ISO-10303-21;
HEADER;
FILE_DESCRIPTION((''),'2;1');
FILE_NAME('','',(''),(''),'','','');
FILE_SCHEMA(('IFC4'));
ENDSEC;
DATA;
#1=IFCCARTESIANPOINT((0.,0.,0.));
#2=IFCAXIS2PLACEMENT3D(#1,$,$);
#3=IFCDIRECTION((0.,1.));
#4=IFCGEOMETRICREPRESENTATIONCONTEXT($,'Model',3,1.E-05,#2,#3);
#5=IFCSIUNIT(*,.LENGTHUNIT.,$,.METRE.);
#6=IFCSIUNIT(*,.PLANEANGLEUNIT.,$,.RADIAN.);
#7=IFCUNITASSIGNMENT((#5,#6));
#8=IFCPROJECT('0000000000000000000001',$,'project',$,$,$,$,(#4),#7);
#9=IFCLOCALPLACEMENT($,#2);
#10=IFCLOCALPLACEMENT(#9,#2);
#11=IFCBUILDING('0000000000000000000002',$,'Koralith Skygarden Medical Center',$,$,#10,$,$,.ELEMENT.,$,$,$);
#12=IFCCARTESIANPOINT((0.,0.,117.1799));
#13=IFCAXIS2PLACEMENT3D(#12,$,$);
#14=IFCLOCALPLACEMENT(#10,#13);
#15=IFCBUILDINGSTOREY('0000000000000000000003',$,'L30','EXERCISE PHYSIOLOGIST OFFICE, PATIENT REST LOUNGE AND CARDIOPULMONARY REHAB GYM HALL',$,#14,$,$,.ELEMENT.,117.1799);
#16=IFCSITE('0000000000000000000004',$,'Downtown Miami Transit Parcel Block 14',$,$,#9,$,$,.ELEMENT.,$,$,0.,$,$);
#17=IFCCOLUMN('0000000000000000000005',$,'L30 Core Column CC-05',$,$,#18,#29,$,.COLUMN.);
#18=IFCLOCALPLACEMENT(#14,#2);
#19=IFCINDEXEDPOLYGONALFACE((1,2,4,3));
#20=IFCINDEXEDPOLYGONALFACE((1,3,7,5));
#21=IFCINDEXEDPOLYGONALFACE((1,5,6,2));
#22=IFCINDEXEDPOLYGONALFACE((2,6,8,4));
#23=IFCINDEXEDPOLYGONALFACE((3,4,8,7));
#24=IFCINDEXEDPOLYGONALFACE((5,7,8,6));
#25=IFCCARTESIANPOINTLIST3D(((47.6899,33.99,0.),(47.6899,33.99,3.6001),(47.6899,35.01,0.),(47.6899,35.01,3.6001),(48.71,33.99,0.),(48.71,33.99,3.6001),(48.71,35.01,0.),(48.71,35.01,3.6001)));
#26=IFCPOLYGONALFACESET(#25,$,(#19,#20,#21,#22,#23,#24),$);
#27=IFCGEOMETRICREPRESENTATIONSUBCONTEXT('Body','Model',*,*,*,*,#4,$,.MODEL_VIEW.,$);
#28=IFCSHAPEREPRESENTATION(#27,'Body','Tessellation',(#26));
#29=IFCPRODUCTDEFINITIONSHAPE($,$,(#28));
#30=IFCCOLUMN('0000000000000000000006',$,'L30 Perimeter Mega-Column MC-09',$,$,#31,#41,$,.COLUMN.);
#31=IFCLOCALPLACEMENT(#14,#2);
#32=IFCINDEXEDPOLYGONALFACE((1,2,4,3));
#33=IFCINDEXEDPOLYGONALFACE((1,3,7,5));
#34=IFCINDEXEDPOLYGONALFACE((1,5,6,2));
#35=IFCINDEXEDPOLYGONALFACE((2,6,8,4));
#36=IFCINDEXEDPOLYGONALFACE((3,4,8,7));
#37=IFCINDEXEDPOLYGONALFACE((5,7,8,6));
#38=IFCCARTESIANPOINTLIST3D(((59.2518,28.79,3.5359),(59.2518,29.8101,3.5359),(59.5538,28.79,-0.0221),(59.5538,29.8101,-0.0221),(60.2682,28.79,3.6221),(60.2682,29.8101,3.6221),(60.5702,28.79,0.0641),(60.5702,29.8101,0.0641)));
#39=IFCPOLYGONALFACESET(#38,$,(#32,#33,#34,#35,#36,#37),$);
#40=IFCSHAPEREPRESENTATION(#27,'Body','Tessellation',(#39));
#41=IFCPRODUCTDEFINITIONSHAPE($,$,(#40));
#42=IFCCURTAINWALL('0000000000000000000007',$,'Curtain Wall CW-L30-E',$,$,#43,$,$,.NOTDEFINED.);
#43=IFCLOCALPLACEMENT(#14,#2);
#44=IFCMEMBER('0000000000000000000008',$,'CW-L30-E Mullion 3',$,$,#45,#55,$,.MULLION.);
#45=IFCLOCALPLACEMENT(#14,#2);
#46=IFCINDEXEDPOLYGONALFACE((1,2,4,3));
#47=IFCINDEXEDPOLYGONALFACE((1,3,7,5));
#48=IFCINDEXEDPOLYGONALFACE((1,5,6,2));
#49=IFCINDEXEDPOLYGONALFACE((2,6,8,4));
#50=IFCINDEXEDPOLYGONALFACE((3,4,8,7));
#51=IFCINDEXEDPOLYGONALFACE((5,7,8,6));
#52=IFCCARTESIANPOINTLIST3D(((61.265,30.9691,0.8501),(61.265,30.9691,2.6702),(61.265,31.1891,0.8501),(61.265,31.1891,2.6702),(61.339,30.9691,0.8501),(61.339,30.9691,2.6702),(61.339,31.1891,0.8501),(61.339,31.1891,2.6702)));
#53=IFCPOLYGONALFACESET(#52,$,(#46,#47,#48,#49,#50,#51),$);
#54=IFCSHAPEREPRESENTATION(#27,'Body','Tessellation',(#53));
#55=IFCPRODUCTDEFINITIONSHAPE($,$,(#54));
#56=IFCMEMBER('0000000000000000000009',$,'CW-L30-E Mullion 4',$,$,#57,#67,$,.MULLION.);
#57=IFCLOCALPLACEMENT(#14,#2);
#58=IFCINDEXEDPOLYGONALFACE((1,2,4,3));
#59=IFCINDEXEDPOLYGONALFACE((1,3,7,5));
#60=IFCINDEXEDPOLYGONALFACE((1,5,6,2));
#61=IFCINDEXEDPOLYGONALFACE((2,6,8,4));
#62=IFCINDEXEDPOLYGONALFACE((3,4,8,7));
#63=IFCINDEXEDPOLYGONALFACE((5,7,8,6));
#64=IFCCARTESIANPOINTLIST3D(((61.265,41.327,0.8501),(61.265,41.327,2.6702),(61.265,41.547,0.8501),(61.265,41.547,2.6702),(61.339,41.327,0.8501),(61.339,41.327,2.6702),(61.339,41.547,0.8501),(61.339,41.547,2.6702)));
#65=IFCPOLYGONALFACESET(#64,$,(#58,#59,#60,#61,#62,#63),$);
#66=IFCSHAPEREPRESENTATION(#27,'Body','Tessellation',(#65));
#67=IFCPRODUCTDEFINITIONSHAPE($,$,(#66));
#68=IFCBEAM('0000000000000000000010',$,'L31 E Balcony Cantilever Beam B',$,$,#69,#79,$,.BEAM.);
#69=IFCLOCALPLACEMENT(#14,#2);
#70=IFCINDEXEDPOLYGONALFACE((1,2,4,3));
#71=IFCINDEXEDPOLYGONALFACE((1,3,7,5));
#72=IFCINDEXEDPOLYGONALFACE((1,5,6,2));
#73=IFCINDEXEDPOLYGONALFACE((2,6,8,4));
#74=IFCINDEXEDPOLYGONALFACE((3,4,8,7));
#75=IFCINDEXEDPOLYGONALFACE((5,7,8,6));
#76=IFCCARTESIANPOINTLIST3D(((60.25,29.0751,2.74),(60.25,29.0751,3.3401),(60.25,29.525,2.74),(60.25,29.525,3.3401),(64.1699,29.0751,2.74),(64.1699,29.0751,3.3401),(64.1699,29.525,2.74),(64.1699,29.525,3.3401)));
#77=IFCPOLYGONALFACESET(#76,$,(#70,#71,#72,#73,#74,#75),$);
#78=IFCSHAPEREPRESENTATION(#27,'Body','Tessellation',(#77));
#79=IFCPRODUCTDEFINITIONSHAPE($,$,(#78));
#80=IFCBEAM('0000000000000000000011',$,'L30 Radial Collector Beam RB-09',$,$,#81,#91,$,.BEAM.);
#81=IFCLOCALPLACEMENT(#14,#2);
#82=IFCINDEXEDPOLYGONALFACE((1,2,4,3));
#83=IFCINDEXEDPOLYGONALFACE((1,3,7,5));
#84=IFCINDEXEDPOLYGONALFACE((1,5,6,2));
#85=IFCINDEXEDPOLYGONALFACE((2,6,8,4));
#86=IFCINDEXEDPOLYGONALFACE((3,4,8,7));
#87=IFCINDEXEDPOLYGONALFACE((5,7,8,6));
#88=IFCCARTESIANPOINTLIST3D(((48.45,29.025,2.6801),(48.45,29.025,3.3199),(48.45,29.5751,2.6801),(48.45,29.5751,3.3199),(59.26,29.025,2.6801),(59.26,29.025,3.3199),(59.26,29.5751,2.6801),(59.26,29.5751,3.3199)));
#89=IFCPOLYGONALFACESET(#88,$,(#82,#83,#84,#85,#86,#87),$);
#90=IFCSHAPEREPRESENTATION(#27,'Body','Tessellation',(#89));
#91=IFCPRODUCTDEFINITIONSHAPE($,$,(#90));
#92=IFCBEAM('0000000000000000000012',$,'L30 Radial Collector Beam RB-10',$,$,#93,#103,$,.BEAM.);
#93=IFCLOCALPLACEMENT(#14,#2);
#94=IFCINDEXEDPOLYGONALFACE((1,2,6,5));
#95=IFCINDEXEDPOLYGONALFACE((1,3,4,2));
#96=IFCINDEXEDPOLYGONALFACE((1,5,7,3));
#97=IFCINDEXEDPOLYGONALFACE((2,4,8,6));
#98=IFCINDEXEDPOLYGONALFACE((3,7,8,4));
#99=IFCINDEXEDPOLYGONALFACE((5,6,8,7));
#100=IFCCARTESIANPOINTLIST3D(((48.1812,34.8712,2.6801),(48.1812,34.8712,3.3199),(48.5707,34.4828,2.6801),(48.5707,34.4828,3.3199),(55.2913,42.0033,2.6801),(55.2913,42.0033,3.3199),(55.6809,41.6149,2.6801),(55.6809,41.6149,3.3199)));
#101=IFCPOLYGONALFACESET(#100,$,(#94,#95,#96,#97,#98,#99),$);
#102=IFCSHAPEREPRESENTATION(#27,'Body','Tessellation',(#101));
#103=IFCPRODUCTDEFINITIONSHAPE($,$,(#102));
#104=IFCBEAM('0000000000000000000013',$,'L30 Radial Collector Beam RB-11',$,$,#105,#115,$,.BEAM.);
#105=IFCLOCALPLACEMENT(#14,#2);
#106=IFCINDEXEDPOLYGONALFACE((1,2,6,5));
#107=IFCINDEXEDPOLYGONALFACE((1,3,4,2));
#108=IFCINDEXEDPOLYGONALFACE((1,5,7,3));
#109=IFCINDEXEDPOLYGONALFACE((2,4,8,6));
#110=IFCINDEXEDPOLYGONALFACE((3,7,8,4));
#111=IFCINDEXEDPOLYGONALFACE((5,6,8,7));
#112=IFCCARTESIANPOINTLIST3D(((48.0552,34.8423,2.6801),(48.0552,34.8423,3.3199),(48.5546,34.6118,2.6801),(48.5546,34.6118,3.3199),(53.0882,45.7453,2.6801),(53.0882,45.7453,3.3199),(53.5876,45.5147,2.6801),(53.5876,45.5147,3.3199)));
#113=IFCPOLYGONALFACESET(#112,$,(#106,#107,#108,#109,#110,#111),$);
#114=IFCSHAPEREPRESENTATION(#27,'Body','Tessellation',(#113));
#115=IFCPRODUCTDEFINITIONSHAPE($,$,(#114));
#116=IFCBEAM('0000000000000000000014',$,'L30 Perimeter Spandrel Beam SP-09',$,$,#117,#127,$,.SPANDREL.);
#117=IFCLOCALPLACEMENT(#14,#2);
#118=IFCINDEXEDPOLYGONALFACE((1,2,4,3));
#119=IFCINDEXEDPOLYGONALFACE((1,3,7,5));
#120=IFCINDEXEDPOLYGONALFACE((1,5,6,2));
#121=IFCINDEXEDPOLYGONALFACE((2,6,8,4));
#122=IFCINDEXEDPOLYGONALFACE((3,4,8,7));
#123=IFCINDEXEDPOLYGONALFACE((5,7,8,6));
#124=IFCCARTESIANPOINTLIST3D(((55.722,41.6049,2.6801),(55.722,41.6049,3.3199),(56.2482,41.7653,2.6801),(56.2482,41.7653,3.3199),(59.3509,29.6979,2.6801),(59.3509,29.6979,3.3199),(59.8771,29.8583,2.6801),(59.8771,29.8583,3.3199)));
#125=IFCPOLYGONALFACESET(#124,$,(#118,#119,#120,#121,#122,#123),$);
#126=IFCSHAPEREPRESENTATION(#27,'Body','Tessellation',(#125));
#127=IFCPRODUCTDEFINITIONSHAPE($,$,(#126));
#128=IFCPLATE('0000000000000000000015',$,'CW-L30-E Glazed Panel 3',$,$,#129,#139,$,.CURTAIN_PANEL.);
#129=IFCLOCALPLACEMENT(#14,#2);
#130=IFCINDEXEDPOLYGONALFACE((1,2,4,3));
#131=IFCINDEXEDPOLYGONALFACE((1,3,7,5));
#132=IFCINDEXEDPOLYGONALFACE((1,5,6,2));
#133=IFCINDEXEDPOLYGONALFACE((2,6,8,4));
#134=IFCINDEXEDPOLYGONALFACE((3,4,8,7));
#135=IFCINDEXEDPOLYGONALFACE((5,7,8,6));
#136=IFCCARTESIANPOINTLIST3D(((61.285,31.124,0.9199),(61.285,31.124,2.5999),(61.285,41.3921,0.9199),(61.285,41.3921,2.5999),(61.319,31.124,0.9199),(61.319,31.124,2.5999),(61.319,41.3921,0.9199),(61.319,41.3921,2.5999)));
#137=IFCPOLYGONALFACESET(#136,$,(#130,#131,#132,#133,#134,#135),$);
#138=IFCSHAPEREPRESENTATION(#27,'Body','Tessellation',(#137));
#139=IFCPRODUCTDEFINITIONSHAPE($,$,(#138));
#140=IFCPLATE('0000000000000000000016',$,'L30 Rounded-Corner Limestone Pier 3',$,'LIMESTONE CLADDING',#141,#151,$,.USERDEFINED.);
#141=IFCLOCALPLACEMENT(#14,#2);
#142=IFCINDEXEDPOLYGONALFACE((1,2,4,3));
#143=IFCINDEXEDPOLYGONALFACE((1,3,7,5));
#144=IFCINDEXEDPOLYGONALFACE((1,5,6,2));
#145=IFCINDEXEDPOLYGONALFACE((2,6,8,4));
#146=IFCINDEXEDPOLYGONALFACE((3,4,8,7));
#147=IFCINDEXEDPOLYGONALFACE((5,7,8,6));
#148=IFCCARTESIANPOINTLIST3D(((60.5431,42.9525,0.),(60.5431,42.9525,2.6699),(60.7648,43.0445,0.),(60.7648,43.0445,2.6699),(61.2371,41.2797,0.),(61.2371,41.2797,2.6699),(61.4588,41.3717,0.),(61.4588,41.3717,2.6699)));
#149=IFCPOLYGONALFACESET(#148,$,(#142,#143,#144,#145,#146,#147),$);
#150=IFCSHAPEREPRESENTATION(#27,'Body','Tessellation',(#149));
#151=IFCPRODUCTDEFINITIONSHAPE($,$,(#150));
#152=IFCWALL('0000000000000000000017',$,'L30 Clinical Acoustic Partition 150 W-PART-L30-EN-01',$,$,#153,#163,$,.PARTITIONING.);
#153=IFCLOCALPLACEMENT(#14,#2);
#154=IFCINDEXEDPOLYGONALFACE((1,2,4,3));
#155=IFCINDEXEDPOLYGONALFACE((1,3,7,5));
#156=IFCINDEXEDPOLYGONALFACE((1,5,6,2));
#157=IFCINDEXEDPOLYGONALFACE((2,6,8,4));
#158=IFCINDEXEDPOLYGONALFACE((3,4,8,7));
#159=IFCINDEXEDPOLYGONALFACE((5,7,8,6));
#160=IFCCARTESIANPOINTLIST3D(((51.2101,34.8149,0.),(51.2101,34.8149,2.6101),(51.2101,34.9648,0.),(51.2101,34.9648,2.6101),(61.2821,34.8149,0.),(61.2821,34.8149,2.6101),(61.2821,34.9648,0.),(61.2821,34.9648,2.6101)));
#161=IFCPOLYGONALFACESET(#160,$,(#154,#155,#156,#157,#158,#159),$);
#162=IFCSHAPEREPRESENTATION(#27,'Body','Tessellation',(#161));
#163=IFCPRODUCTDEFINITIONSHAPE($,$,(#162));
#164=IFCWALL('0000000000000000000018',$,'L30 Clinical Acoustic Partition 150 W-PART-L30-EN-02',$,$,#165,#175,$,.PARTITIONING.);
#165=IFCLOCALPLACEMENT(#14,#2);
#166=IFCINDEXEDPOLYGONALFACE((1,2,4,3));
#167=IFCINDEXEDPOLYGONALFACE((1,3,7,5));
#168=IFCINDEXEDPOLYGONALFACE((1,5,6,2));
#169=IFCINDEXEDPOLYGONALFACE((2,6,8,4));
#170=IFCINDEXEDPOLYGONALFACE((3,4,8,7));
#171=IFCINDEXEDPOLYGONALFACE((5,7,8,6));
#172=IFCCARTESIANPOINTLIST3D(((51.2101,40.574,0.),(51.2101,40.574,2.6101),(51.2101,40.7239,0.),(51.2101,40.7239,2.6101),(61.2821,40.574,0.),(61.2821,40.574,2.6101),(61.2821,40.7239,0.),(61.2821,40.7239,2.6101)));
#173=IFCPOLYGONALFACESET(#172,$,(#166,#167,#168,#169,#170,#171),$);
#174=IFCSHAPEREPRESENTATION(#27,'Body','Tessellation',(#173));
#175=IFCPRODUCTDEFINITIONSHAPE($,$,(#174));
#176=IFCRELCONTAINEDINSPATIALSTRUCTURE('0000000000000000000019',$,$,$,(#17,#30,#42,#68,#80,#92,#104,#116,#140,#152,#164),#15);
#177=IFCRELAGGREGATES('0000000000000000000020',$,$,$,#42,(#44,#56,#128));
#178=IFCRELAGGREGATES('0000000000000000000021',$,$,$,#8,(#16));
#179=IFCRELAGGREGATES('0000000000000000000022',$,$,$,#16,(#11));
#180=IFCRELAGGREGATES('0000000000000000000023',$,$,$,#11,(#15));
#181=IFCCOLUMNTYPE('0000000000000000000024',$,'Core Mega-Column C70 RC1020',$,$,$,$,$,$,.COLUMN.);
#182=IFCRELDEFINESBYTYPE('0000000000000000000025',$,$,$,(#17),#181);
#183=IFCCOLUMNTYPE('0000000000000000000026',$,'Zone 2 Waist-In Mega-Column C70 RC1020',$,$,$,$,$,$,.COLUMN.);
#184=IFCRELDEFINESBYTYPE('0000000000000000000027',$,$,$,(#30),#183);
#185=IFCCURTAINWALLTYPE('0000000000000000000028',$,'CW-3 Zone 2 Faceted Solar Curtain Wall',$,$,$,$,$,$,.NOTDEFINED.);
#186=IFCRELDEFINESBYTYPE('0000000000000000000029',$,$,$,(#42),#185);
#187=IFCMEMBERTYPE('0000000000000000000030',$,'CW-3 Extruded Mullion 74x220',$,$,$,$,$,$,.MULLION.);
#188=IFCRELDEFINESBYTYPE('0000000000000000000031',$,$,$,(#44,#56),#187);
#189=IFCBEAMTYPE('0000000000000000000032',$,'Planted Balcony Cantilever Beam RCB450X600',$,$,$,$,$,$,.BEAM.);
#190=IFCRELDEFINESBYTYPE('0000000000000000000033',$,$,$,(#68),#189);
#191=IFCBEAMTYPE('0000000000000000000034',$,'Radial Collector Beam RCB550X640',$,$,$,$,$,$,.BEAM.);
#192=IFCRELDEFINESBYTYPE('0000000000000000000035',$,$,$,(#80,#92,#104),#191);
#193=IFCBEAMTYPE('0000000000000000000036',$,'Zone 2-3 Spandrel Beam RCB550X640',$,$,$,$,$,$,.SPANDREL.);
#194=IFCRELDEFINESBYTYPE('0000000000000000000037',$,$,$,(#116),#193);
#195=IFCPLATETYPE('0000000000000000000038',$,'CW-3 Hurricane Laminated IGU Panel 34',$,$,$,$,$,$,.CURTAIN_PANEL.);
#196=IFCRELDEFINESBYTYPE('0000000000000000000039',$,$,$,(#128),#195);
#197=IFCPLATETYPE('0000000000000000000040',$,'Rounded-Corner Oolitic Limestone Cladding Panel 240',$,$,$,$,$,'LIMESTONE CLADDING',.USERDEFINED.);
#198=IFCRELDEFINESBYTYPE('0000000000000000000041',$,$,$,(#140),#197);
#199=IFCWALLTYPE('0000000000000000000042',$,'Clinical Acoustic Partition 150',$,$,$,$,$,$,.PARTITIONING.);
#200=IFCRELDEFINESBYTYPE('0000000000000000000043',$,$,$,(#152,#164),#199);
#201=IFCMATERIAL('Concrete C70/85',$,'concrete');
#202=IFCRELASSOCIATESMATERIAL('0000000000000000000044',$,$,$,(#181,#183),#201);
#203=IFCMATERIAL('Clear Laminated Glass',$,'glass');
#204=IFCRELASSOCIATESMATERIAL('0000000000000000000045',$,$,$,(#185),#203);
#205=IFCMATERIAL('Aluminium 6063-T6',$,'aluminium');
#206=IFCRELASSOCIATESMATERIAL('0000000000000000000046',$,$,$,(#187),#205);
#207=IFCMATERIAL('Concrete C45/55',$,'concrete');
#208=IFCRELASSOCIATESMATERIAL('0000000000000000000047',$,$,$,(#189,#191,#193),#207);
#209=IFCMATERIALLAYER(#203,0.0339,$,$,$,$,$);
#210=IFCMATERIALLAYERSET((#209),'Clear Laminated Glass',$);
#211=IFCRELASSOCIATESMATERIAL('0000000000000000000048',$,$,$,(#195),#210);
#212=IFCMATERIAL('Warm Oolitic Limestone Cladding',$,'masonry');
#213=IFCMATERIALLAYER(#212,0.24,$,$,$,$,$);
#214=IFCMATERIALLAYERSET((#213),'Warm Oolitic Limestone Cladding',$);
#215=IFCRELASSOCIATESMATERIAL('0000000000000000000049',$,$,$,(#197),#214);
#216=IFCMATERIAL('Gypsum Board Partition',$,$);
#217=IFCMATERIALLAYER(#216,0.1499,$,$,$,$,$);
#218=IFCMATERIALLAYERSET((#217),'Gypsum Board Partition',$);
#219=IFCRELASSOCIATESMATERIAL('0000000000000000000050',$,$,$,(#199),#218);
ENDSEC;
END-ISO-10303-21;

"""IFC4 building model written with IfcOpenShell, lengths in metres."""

from ifc_helpers import new_model, si_unit, direction, frame, frame_2d, origin, origin_2d, place, context, subcontext, project, spatial, rectangle, extrude, material, layer, layer_set, material_profile, profile_set, type_object, element, aggregate, save


model = new_model("IFC4")

# Units and contexts
model_context = context("Model", 3, precision=1e-05, world=origin(), true_north=direction((0.0, 1.0)))
body_context = subcontext(model_context, "Body", "Model", "MODEL_VIEW")
ifc_project = project(units=[si_unit("LENGTHUNIT", "METRE"), si_unit("PLANEANGLEUNIT", "RADIAN")], contexts=[model_context])

# Site, building, storey
site_placement = place(None, origin())
site = spatial("IfcSite", under=ifc_project, at=site_placement, Name="Downtown Miami Transit Parcel Block 14", CompositionType="ELEMENT", RefElevation=0.0)
building_placement = place(site_placement, origin())
building = spatial("IfcBuilding", under=site, at=building_placement, Name="Koralith Skygarden Medical Center", CompositionType="ELEMENT")
storey_placement = place(building_placement, frame((0.0, 0.0, 117.1799)))
storey = spatial("IfcBuildingStorey", under=building, at=storey_placement, Name="L30", Description="EXERCISE PHYSIOLOGIST OFFICE, PATIENT REST LOUNGE AND CARDIOPULMONARY REHAB GYM HALL", CompositionType="ELEMENT", Elevation=117.1799)

# Columns
ifc_material_1 = material(Name="Concrete C70/85", Category="concrete")
ifc_material_profile_1 = material_profile(ifc_material_1, rectangle(XDim=1.02, YDim=1.02, at=origin_2d()), Name="RC1020X1020")
ifc_profile_set_1 = profile_set([ifc_material_profile_1], Name="Concrete C70/85")
column_type_1 = type_object("IfcColumnType", Name="Core Mega-Column C70 RC1020", PredefinedType="COLUMN", material=ifc_profile_set_1)
column_1_placement = place(storey_placement, frame((48.2, 34.5, 0.0), z_axis=(0.0, 0.0, 1.0), x_axis=(1.0, 0.0, 0.0)))
element("IfcColumn", 1, at=column_1_placement, inside=storey, type_object=column_type_1, Name="L30 Core Column CC-05", PredefinedType="COLUMN", context=body_context, shape_type="SweptSolid", body=[
    extrude(rectangle(XDim=1.02, YDim=1.02, at=origin_2d()), origin(), (0.0, 0.0, 1.0), 3.6001),
])
ifc_material_profile_2 = material_profile(ifc_material_1, rectangle(XDim=1.02, YDim=1.02, at=origin_2d()), Name="RC1020X1020")
ifc_profile_set_2 = profile_set([ifc_material_profile_2], Name="Concrete C70/85")
column_type_2 = type_object("IfcColumnType", Name="Zone 2 Waist-In Mega-Column C70 RC1020", PredefinedType="COLUMN", material=ifc_profile_set_2)
column_2_placement = place(storey_placement, frame((60.062, 29.3, 0.021), z_axis=(-0.084573, 0.0, 0.996417), x_axis=(0.0, -1.0, 0.0)))
element("IfcColumn", 2, at=column_2_placement, inside=storey, type_object=column_type_2, Name="L30 Perimeter Mega-Column MC-09", PredefinedType="COLUMN", context=body_context, shape_type="SweptSolid", body=[
    extrude(rectangle(XDim=1.02, YDim=1.02, at=origin_2d()), origin(), (0.0, 0.0, 1.0), 3.5708),
])

# Curtain wall, members
ifc_material_2 = material(Name="Clear Laminated Glass", Category="glass")
curtain_wall_type = type_object("IfcCurtainWallType", Name="CW-3 Zone 2 Faceted Solar Curtain Wall", PredefinedType="NOTDEFINED", material=ifc_material_2)
curtain_wall_placement = place(storey_placement, origin())
curtain_wall = element("IfcCurtainWall", 3, at=curtain_wall_placement, inside=storey, type_object=curtain_wall_type, Name="Curtain Wall CW-L30-E", PredefinedType="NOTDEFINED")
ifc_material_3 = material(Name="Aluminium 6063-T6", Category="aluminium")
ifc_material_profile_3 = material_profile(ifc_material_3, rectangle(XDim=0.074, YDim=0.22, at=origin_2d()), Name="MUL74X220")
ifc_profile_set_3 = profile_set([ifc_material_profile_3], Name="Aluminium 6063-T6")
member_type = type_object("IfcMemberType", Name="CW-3 Extruded Mullion 74x220", PredefinedType="MULLION", material=ifc_profile_set_3)
member_1_placement = place(storey_placement, frame((61.302, 31.0791, 0.8501), z_axis=(0.0, 0.0, 1.0), x_axis=(1.0, 0.0, 0.0)))
member_1 = element("IfcMember", 4, at=member_1_placement, type_object=member_type, Name="CW-L30-E Mullion 3", PredefinedType="MULLION", context=body_context, shape_type="SweptSolid", body=[
    extrude(rectangle(XDim=0.074, YDim=0.22, at=origin_2d()), origin(), (0.0, 0.0, 1.0), 1.8201),
])
member_2_placement = place(storey_placement, frame((61.302, 41.437, 0.8501), z_axis=(0.0, 0.0, 1.0), x_axis=(1.0, 0.0, 0.0)))
member_2 = element("IfcMember", 5, at=member_2_placement, type_object=member_type, Name="CW-L30-E Mullion 4", PredefinedType="MULLION", context=body_context, shape_type="SweptSolid", body=[
    extrude(rectangle(XDim=0.074, YDim=0.22, at=origin_2d()), origin(), (0.0, 0.0, 1.0), 1.8201),
])

# Beams
ifc_material_4 = material(Name="Concrete C45/55", Category="concrete")
ifc_material_profile_4 = material_profile(ifc_material_4, rectangle(XDim=0.45, YDim=0.6001, at=origin_2d()), Name="RCB450X600")
ifc_profile_set_4 = profile_set([ifc_material_profile_4], Name="Concrete C45/55")
beam_type_1 = type_object("IfcBeamType", Name="Planted Balcony Cantilever Beam RCB450X600", PredefinedType="BEAM", material=ifc_profile_set_4)
beam_1_placement = place(storey_placement, frame((60.25, 29.3, 3.04), z_axis=(1.0, 0.0, 0.0), x_axis=(0.0, 1.0, 0.0)))
element("IfcBeam", 6, at=beam_1_placement, inside=storey, type_object=beam_type_1, Name="L31 E Balcony Cantilever Beam B", PredefinedType="BEAM", context=body_context, shape_type="SweptSolid", body=[
    extrude(rectangle(XDim=0.45, YDim=0.6001, at=origin_2d()), origin(), (0.0, 0.0, 1.0), 3.9199),
])
ifc_material_profile_5 = material_profile(ifc_material_4, rectangle(XDim=0.55, YDim=0.6399, at=origin_2d()), Name="RCB550X640")
ifc_profile_set_5 = profile_set([ifc_material_profile_5], Name="Concrete C45/55")
beam_type_2 = type_object("IfcBeamType", Name="Radial Collector Beam RCB550X640", PredefinedType="BEAM", material=ifc_profile_set_5)
beam_2_placement = place(storey_placement, frame((48.45, 29.3, 3.0), z_axis=(1.0, 0.0, 0.0), x_axis=(0.0, 1.0, 0.0)))
element("IfcBeam", 7, at=beam_2_placement, inside=storey, type_object=beam_type_2, Name="L30 Radial Collector Beam RB-09", PredefinedType="BEAM", context=body_context, shape_type="SweptSolid", body=[
    extrude(rectangle(XDim=0.55, YDim=0.6399, at=origin_2d()), origin(), (0.0, 0.0, 1.0), 10.8101),
])
beam_3_placement = place(storey_placement, frame((48.376, 34.677, 3.0), z_axis=(0.706015, 0.708197, 0.0), x_axis=(-0.708197, 0.706015, 0.0)))
element("IfcBeam", 8, at=beam_3_placement, inside=storey, type_object=beam_type_2, Name="L30 Radial Collector Beam RB-10", PredefinedType="BEAM", context=body_context, shape_type="SweptSolid", body=[
    extrude(rectangle(XDim=0.55, YDim=0.6399, at=origin_2d()), origin(), (0.0, 0.0, 1.0), 10.0708),
])
beam_4_placement = place(storey_placement, frame((48.3049, 34.7271, 3.0), z_axis=(0.419119, 0.907931, 0.0), x_axis=(-0.907931, 0.419119, 0.0)))
element("IfcBeam", 9, at=beam_4_placement, inside=storey, type_object=beam_type_2, Name="L30 Radial Collector Beam RB-11", PredefinedType="BEAM", context=body_context, shape_type="SweptSolid", body=[
    extrude(rectangle(XDim=0.55, YDim=0.6399, at=origin_2d()), origin(), (0.0, 0.0, 1.0), 12.0085),
])
ifc_material_profile_6 = material_profile(ifc_material_4, rectangle(XDim=0.55, YDim=0.6399, at=origin_2d()), Name="RCB550X640")
ifc_profile_set_6 = profile_set([ifc_material_profile_6], Name="Concrete C45/55")
beam_type_3 = type_object("IfcBeamType", Name="Zone 2-3 Spandrel Beam RCB550X640", PredefinedType="SPANDREL", material=ifc_profile_set_6)
beam_5_placement = place(storey_placement, frame((59.614, 29.7781, 3.0), z_axis=(-0.291532, 0.956561, 0.0), x_axis=(-0.956561, -0.291532, 0.0)))
element("IfcBeam", 10, at=beam_5_placement, inside=storey, type_object=beam_type_3, Name="L30 Perimeter Spandrel Beam SP-09", PredefinedType="SPANDREL", context=body_context, shape_type="SweptSolid", body=[
    extrude(rectangle(XDim=0.55, YDim=0.6399, at=origin_2d()), origin(), (0.0, 0.0, 1.0), 12.4478),
])

# Plates
ifc_layer_1 = layer(ifc_material_2, 0.0339)
ifc_layer_set_1 = layer_set([ifc_layer_1], Name="Clear Laminated Glass")
plate_type_1 = type_object("IfcPlateType", Name="CW-3 Hurricane Laminated IGU Panel 34", PredefinedType="CURTAIN_PANEL", material=ifc_layer_set_1)
plate_1_placement = place(storey_placement, frame((61.302, 36.2581, 0.9199), z_axis=(0.0, 0.0, 1.0), x_axis=(0.0, 1.0, 0.0)))
plate_1 = element("IfcPlate", 11, at=plate_1_placement, type_object=plate_type_1, Name="CW-L30-E Glazed Panel 3", PredefinedType="CURTAIN_PANEL", context=body_context, shape_type="SweptSolid", body=[
    extrude(rectangle(XDim=10.2681, YDim=0.0339, at=origin_2d()), origin(), (0.0, 0.0, 1.0), 1.6799),
])
aggregate(curtain_wall, [member_1, member_2, plate_1])
ifc_material_5 = material(Name="Warm Oolitic Limestone Cladding", Category="masonry")
ifc_layer_2 = layer(ifc_material_5, 0.24)
ifc_layer_set_2 = layer_set([ifc_layer_2], Name="Warm Oolitic Limestone Cladding")
plate_type_2 = type_object("IfcPlateType", Name="Rounded-Corner Oolitic Limestone Cladding Panel 240", ElementType="LIMESTONE CLADDING", PredefinedType="USERDEFINED", material=ifc_layer_set_2)
plate_2_placement = place(storey_placement, frame((61.001, 42.1621, 0.0), z_axis=(0.0, 0.0, 1.0), x_axis=(-0.383214, 0.92366, 0.0)))
element("IfcPlate", 12, at=plate_2_placement, inside=storey, type_object=plate_type_2, Name="L30 Rounded-Corner Limestone Pier 3", ObjectType="LIMESTONE CLADDING", PredefinedType="USERDEFINED", context=body_context, shape_type="SweptSolid", body=[
    extrude(rectangle(XDim=1.811, YDim=0.24, at=origin_2d()), origin(), (0.0, 0.0, 1.0), 2.6699),
])

# Walls
ifc_material_6 = material(Name="Gypsum Board Partition")
ifc_layer_3 = layer(ifc_material_6, 0.1499)
ifc_layer_set_3 = layer_set([ifc_layer_3], Name="Gypsum Board Partition")
wall_type_1 = type_object("IfcWallType", Name="Clinical Acoustic Partition 150", PredefinedType="PARTITIONING", material=ifc_layer_set_3)
for number, where, z_axis, x_axis, name in (
    (13, (51.21, 34.8899, 0.0), (0.0, 0.0, 1.0), (1.0, 0.0, 0.0), "L30 Clinical Acoustic Partition 150 W-PART-L30-EN-01"),
    (14, (51.21, 40.6489, 0.0), (0.0, 0.0, 1.0), (1.0, 0.0, 0.0), "L30 Clinical Acoustic Partition 150 W-PART-L30-EN-02"),
):
    element("IfcWall", number, at=place(storey_placement, frame(where, z_axis=z_axis, x_axis=x_axis)), inside=storey, type_object=wall_type_1, Name=name, PredefinedType="PARTITIONING", context=body_context, shape_type="SweptSolid", body=[
        extrude(rectangle(XDim=10.072, YDim=0.1499, at=frame_2d((5.0361, 0.0))), origin(), (0.0, 0.0, 1.0), 2.6101),
    ])

save(model, "model.ifc")
